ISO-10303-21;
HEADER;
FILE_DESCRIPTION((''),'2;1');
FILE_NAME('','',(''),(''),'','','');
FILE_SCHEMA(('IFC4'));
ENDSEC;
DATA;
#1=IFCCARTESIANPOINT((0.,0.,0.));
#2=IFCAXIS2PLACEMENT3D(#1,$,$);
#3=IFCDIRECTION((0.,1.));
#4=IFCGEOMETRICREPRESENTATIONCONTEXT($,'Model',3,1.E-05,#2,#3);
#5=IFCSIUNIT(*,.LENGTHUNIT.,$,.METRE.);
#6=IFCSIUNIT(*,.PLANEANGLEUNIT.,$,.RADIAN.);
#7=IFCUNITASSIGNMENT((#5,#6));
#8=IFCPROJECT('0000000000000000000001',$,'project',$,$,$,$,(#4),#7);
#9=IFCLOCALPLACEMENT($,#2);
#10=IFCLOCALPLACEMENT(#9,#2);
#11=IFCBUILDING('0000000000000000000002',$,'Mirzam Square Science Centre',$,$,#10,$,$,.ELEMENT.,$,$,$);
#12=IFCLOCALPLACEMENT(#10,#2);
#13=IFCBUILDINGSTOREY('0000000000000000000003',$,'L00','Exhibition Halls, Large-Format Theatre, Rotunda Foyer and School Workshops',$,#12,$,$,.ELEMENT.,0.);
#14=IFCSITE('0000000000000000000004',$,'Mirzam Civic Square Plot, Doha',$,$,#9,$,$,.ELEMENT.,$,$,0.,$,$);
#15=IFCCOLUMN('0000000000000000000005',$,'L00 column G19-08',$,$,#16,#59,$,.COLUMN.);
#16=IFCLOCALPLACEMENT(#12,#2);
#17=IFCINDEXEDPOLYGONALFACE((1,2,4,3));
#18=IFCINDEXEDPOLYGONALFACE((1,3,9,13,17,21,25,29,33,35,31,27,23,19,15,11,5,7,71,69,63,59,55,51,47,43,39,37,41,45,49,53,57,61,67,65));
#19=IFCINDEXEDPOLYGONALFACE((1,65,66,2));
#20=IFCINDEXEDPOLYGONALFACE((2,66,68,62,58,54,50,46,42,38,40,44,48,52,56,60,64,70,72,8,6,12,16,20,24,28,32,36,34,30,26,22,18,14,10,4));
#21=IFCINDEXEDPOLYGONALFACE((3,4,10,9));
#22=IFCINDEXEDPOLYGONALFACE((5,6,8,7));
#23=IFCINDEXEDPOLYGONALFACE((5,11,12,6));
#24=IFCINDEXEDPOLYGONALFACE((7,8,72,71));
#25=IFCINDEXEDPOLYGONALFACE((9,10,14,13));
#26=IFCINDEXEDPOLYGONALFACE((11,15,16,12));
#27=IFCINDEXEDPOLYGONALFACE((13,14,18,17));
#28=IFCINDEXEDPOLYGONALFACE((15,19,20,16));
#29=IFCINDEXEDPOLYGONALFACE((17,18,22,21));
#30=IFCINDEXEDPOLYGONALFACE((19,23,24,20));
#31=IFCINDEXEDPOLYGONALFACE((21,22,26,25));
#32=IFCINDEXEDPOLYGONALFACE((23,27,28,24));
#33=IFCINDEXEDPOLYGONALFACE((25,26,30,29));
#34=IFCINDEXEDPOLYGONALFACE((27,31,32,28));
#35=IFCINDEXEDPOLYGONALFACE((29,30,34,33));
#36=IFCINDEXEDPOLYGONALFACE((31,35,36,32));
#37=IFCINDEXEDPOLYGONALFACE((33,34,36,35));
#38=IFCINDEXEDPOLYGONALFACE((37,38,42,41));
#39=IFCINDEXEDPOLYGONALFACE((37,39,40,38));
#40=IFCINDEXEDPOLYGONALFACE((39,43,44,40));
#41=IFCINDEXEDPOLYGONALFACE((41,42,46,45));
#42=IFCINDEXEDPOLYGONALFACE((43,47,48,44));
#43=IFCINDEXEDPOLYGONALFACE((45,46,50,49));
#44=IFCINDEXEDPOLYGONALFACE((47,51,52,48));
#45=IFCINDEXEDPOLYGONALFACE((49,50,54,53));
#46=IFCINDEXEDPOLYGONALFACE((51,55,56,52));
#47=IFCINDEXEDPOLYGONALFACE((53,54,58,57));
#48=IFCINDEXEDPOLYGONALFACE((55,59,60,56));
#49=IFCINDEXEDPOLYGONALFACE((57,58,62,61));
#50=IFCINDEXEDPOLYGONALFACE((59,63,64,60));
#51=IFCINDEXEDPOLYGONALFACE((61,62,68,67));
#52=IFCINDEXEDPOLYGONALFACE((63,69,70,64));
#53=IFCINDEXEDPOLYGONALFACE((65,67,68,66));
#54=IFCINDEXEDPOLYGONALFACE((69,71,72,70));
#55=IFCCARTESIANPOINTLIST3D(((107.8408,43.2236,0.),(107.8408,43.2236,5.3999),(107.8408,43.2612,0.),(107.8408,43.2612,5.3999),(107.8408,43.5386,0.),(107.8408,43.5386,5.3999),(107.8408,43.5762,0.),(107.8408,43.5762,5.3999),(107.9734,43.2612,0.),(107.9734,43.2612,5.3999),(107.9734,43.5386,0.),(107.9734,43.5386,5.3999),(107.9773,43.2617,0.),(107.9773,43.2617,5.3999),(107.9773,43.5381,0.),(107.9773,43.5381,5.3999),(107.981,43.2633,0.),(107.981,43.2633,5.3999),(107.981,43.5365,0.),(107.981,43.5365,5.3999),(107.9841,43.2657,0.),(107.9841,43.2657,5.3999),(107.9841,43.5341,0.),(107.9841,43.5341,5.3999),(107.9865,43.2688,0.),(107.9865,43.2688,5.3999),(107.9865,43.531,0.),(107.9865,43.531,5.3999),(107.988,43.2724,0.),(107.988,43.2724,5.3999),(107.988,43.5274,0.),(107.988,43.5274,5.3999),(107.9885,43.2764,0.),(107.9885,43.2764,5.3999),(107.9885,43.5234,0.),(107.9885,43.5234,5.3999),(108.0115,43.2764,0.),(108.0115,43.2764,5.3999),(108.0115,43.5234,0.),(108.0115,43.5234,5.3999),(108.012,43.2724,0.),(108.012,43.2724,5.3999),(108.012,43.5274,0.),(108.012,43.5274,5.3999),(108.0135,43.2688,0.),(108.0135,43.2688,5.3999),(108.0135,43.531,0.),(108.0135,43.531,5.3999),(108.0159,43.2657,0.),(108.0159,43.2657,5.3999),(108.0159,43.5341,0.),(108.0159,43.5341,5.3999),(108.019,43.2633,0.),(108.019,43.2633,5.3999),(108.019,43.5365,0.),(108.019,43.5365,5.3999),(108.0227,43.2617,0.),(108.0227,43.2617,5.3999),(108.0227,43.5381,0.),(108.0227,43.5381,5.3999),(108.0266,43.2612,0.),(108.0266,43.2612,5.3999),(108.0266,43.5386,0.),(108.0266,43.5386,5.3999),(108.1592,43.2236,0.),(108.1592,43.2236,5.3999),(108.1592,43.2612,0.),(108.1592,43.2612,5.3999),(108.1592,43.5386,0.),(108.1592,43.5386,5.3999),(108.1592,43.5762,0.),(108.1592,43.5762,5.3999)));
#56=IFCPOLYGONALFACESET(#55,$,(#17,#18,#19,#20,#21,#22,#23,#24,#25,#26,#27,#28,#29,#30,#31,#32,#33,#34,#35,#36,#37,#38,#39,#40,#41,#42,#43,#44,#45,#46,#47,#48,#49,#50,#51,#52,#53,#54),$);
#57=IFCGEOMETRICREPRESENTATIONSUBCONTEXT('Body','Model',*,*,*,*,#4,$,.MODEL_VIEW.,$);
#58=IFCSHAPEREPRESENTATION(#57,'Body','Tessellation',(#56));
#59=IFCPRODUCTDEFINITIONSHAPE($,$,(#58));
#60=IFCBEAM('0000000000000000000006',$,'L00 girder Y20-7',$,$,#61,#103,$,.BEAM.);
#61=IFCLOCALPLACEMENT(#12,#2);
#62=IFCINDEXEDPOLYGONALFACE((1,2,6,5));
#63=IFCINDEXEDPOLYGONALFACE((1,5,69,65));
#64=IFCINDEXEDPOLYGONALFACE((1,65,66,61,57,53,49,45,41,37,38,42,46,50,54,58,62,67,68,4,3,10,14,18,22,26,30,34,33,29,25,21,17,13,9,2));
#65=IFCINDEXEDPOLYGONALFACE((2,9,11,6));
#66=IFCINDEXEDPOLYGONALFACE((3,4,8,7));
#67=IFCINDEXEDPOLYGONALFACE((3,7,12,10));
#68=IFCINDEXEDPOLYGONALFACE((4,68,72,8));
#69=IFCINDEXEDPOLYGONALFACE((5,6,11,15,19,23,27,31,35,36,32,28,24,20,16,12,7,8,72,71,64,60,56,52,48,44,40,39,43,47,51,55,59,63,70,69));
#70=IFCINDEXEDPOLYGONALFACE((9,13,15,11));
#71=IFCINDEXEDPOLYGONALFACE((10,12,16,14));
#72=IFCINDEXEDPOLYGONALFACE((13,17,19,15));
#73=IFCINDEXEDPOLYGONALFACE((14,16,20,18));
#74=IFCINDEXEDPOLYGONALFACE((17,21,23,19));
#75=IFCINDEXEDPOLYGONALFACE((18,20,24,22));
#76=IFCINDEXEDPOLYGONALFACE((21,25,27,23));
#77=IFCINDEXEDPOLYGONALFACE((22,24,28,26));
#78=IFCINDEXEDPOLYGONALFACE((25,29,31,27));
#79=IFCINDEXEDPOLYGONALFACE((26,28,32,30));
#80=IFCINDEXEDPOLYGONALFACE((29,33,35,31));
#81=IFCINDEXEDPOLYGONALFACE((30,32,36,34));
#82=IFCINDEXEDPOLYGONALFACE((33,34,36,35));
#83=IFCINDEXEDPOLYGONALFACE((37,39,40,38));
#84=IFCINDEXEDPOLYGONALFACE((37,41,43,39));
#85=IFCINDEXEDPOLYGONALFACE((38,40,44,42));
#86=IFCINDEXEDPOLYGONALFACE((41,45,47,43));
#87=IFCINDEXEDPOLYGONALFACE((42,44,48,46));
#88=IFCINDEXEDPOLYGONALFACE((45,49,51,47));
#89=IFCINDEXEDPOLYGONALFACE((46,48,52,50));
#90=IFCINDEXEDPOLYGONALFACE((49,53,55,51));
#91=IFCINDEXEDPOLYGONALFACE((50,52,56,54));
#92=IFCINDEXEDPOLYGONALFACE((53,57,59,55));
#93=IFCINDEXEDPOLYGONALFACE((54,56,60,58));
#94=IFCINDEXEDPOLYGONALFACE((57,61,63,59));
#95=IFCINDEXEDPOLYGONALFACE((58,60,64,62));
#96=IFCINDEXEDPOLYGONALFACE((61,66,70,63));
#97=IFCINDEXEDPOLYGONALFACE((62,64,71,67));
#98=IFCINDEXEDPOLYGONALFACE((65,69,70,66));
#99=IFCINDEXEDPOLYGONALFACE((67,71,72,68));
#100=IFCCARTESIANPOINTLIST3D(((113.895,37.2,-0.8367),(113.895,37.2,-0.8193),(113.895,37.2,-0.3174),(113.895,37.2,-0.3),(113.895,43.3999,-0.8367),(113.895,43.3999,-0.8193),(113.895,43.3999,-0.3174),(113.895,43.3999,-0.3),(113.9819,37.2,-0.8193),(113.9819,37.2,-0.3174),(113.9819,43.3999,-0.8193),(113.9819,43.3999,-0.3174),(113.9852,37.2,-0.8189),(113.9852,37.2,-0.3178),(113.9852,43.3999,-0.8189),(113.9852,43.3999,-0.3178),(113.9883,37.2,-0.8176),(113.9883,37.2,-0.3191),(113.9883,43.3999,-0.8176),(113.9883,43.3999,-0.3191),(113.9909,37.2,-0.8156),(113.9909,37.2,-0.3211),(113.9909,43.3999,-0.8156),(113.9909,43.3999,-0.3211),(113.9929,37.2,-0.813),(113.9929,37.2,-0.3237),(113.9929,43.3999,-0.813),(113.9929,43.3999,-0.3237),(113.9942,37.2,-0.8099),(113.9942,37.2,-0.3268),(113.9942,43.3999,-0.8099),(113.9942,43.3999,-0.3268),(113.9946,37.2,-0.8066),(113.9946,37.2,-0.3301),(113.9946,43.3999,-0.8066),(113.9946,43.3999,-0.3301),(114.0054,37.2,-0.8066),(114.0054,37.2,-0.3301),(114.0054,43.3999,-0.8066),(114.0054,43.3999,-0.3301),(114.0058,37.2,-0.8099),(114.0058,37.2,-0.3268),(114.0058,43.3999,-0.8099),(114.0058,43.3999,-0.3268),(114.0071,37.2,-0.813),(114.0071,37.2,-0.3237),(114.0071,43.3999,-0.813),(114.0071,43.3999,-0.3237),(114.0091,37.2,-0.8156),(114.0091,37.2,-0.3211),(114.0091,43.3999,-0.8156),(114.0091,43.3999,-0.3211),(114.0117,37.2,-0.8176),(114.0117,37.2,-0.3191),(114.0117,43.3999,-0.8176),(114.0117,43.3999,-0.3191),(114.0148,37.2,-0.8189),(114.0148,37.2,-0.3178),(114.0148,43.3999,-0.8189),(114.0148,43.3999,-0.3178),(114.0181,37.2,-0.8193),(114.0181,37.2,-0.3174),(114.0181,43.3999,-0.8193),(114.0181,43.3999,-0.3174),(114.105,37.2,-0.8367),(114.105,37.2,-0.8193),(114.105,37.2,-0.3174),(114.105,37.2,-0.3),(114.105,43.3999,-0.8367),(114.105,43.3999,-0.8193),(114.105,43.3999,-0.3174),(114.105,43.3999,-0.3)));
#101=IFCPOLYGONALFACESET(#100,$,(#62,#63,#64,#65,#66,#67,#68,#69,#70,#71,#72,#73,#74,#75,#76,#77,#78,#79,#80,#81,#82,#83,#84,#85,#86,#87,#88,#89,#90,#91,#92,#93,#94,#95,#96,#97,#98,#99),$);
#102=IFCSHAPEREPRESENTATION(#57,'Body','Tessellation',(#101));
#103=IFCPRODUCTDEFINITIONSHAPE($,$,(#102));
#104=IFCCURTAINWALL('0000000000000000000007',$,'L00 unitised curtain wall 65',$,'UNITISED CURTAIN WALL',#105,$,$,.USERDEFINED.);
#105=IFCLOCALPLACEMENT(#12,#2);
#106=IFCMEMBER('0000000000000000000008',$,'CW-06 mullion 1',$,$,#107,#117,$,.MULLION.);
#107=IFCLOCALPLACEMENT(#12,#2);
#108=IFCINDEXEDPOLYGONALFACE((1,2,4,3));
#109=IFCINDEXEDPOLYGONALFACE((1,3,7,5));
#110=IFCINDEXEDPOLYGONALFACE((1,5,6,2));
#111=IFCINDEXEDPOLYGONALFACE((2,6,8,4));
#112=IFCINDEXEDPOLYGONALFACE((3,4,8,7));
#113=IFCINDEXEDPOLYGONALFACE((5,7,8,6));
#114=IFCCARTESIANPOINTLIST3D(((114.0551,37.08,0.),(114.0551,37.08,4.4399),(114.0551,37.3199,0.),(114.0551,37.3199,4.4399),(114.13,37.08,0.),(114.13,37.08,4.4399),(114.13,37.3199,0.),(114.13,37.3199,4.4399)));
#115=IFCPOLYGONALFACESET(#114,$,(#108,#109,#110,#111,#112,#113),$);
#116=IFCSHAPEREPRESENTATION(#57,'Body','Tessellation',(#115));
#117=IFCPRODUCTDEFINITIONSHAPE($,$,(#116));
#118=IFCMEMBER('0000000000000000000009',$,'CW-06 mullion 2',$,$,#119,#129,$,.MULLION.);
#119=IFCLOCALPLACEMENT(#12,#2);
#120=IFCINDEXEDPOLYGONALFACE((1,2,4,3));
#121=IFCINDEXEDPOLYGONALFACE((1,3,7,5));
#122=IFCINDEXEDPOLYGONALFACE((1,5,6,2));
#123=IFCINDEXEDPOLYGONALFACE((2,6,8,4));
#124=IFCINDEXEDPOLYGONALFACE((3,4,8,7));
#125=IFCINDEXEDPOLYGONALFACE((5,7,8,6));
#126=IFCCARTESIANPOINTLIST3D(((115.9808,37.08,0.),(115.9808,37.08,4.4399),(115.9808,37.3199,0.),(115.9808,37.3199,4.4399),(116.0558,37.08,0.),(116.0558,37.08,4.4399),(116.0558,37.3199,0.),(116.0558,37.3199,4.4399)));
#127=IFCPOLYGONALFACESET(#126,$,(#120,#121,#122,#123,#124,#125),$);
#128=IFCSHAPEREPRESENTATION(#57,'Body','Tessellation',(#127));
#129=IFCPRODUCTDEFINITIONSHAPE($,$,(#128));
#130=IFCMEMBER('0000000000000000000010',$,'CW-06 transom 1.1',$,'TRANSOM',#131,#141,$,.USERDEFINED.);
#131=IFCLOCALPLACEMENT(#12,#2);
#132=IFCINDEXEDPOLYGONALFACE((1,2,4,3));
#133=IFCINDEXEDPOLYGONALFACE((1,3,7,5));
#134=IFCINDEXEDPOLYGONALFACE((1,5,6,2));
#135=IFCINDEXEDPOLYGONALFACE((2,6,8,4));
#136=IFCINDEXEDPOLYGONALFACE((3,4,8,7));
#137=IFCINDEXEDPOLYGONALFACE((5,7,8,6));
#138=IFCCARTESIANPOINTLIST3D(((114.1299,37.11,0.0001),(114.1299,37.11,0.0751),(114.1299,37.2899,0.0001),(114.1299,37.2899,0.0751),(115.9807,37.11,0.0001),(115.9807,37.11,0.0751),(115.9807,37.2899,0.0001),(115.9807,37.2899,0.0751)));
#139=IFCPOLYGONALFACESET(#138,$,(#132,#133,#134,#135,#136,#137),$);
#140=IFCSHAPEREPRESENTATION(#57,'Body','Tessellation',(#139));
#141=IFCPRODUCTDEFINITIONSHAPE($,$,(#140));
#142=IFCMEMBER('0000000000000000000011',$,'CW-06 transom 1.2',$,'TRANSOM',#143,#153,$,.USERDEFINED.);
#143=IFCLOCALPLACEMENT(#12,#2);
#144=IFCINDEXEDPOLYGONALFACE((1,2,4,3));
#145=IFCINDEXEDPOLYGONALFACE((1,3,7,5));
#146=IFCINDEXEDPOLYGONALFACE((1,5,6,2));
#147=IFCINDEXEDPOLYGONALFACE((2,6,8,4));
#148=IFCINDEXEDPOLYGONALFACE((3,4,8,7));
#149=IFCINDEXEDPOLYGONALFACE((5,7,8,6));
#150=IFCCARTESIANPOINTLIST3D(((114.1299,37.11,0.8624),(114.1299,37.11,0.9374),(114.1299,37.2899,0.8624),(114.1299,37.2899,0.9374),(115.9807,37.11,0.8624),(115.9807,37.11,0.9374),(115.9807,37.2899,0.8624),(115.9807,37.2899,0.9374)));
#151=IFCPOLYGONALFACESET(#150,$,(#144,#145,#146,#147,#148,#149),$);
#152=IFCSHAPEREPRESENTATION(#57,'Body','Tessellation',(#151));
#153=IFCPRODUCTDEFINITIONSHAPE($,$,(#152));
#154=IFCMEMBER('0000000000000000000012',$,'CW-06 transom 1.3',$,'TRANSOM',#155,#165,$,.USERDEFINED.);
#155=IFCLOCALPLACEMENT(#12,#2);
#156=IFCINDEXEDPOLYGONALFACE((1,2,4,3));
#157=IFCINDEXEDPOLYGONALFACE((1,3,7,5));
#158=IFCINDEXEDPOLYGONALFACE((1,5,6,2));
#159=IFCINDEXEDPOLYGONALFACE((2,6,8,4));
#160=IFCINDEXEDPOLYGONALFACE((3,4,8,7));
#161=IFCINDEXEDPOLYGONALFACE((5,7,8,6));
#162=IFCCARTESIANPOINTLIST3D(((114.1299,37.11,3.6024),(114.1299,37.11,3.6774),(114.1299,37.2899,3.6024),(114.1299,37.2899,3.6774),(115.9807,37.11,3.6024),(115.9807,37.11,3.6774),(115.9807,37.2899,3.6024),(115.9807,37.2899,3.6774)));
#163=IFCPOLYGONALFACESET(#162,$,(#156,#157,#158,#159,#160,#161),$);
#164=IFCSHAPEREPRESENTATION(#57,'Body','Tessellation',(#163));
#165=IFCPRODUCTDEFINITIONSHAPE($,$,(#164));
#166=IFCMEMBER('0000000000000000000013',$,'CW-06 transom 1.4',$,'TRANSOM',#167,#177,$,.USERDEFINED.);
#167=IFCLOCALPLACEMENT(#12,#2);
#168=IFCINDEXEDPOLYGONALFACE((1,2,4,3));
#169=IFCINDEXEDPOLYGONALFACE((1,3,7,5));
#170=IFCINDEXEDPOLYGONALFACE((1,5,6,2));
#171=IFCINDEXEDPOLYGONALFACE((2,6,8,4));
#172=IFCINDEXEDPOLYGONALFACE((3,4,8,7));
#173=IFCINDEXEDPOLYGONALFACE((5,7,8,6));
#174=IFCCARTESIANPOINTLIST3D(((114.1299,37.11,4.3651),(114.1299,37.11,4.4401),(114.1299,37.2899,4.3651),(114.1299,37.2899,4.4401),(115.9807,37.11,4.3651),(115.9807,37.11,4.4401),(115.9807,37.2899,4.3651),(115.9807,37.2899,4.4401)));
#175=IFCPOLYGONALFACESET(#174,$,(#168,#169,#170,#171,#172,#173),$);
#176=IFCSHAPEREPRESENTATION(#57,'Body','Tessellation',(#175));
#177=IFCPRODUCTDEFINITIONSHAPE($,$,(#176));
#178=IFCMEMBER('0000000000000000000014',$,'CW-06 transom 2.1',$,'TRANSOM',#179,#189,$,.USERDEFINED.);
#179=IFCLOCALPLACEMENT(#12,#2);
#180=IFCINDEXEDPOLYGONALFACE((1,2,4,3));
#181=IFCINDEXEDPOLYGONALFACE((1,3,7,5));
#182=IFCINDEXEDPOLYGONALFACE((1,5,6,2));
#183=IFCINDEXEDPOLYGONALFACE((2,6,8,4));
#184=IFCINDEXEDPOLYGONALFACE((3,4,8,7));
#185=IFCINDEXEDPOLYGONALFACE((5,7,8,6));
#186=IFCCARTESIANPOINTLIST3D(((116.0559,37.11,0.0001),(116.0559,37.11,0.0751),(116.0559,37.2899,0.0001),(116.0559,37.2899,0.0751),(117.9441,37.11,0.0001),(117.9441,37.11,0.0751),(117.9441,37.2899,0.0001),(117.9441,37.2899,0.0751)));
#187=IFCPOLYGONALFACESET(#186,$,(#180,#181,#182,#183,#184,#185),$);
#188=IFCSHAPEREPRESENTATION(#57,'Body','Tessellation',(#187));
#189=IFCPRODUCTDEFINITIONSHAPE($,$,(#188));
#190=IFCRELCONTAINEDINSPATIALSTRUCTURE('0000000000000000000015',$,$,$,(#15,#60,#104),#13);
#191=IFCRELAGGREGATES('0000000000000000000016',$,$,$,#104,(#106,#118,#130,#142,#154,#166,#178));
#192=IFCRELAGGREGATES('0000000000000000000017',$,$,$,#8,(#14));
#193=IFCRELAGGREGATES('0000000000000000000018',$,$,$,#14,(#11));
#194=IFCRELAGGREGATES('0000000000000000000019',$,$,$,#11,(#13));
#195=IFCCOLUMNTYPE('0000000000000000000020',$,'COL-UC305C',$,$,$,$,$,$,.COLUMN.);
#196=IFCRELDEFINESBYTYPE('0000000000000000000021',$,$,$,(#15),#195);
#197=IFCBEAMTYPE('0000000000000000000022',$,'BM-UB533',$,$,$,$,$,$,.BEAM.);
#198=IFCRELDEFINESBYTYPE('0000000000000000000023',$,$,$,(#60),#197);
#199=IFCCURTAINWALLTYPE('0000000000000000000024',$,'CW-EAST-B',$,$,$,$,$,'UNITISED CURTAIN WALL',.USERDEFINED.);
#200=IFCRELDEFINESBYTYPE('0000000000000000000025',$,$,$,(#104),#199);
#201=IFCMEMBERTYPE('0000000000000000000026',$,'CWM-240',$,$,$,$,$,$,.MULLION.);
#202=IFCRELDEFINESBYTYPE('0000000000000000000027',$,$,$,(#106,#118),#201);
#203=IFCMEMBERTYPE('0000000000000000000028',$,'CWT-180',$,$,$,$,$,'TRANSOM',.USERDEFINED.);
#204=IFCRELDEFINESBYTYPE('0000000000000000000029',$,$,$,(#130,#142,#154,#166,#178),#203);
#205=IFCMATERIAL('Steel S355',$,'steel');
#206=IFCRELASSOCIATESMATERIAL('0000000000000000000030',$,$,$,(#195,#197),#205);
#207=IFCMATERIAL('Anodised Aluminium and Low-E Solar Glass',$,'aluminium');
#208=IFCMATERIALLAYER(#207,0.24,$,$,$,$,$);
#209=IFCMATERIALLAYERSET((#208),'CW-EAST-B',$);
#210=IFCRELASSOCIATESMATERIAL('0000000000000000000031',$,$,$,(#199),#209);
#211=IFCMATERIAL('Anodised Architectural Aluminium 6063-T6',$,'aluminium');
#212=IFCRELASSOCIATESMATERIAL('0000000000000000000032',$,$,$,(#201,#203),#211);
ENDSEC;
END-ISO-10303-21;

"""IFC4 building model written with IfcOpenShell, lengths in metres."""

from ifc_helpers import new_model, si_unit, direction, frame, origin, origin_2d, place, context, subcontext, project, spatial, rectangle, i_section, extrude, material, layer, layer_set, material_profile, profile_set, type_object, element, aggregate, save


model = new_model("IFC4")

# Units and contexts
model_context = context("Model", 3, precision=1e-05, world=origin(), true_north=direction((0.0, 1.0)))
body_context = subcontext(model_context, "Body", "Model", "MODEL_VIEW")
ifc_project = project(units=[si_unit("LENGTHUNIT", "METRE"), si_unit("PLANEANGLEUNIT", "RADIAN")], contexts=[model_context])

# Site, building, storey
site_placement = place(None, origin())
site = spatial("IfcSite", under=ifc_project, at=site_placement, Name="Mirzam Civic Square Plot, Doha", CompositionType="ELEMENT", RefElevation=0.0)
building_placement = place(site_placement, origin())
building = spatial("IfcBuilding", under=site, at=building_placement, Name="Mirzam Square Science Centre", CompositionType="ELEMENT")
storey_placement = place(building_placement, origin())
storey = spatial("IfcBuildingStorey", under=building, at=storey_placement, Name="L00", Description="Exhibition Halls, Large-Format Theatre, Rotunda Foyer and School Workshops", CompositionType="ELEMENT", Elevation=0.0)

# Column
ifc_material_1 = material(Name="Steel S355", Category="steel")
ifc_material_profile_1 = material_profile(ifc_material_1, i_section(OverallWidth=0.3184, OverallDepth=0.3525, WebThickness=0.0229, FlangeThickness=0.0376, FilletRadius=0.0151, at=origin_2d()), Name="305x305x240UC")
ifc_profile_set_1 = profile_set([ifc_material_profile_1], Name="Steel S355")
column_type = type_object("IfcColumnType", Name="COL-UC305C", PredefinedType="COLUMN", material=ifc_profile_set_1)
column_placement = place(storey_placement, frame((108.0, 43.3999, 0.0), z_axis=(0.0, 0.0, 1.0), x_axis=(1.0, 0.0, 0.0)))
element("IfcColumn", 1, at=column_placement, inside=storey, type_object=column_type, Name="L00 column G19-08", PredefinedType="COLUMN", context=body_context, shape_type="SweptSolid", body=[
    extrude(i_section(OverallWidth=0.3184, OverallDepth=0.3525, WebThickness=0.0229, FlangeThickness=0.0376, FilletRadius=0.0151, at=origin_2d()), origin(), (0.0, 0.0, 1.0), 5.3999),
])

# Beam
ifc_material_profile_2 = material_profile(ifc_material_1, i_section(OverallWidth=0.21, OverallDepth=0.5366, WebThickness=0.0107, FlangeThickness=0.0173, FilletRadius=0.0127, at=origin_2d()), Name="533x210x101UB")
ifc_profile_set_2 = profile_set([ifc_material_profile_2], Name="Steel S355")
beam_type_1 = type_object("IfcBeamType", Name="BM-UB533", PredefinedType="BEAM", material=ifc_profile_set_2)
beam_1_placement = place(storey_placement, frame((114.0, 37.2, -0.5684), z_axis=(0.0, 1.0, 0.0), x_axis=(-1.0, 0.0, 0.0)))
element("IfcBeam", 2, at=beam_1_placement, inside=storey, type_object=beam_type_1, Name="L00 girder Y20-7", PredefinedType="BEAM", context=body_context, shape_type="SweptSolid", body=[
    extrude(i_section(OverallWidth=0.21, OverallDepth=0.5366, WebThickness=0.0107, FlangeThickness=0.0173, FilletRadius=0.0127, at=origin_2d()), origin(), (0.0, 0.0, 1.0), 6.2),
])

# Curtain wall, members
ifc_material_2 = material(Name="Anodised Aluminium and Low-E Solar Glass", Category="aluminium")
ifc_layer_1 = layer(ifc_material_2, 0.24)
ifc_layer_set_1 = layer_set([ifc_layer_1], Name="CW-EAST-B")
curtain_wall_type = type_object("IfcCurtainWallType", Name="CW-EAST-B", ElementType="UNITISED CURTAIN WALL", PredefinedType="USERDEFINED", material=ifc_layer_set_1)
curtain_wall_placement = place(storey_placement, origin())
curtain_wall = element("IfcCurtainWall", 3, at=curtain_wall_placement, inside=storey, type_object=curtain_wall_type, Name="L00 unitised curtain wall 65", ObjectType="UNITISED CURTAIN WALL", PredefinedType="USERDEFINED")
ifc_material_3 = material(Name="Anodised Architectural Aluminium 6063-T6", Category="aluminium")
ifc_material_profile_3 = material_profile(ifc_material_3, rectangle(XDim=0.075, YDim=0.24, at=origin_2d()), Name="ALU-MULL-240x75x5")
ifc_profile_set_3 = profile_set([ifc_material_profile_3], Name="Anodised Architectural Aluminium 6063-T6")
member_type_1 = type_object("IfcMemberType", Name="CWM-240", PredefinedType="MULLION", material=ifc_profile_set_3)
member_1_placement = place(storey_placement, frame((114.0925, 37.2, 0.0), z_axis=(0.0, 0.0, 1.0), x_axis=(1.0, 0.0, 0.0)))
member_1 = element("IfcMember", 4, at=member_1_placement, type_object=member_type_1, Name="CW-06 mullion 1", PredefinedType="MULLION", context=body_context, shape_type="SweptSolid", body=[
    extrude(rectangle(XDim=0.075, YDim=0.24, at=origin_2d()), origin(), (0.0, 0.0, 1.0), 4.4399),
])
member_2_placement = place(storey_placement, frame((116.0183, 37.2, 0.0), z_axis=(0.0, 0.0, 1.0), x_axis=(1.0, 0.0, 0.0)))
member_2 = element("IfcMember", 5, at=member_2_placement, type_object=member_type_1, Name="CW-06 mullion 2", PredefinedType="MULLION", context=body_context, shape_type="SweptSolid", body=[
    extrude(rectangle(XDim=0.075, YDim=0.24, at=origin_2d()), origin(), (0.0, 0.0, 1.0), 4.4399),
])
ifc_material_profile_4 = material_profile(ifc_material_3, rectangle(XDim=0.1799, YDim=0.075, at=origin_2d()), Name="ALU-TRAN-180x75x5")
ifc_profile_set_4 = profile_set([ifc_material_profile_4], Name="Anodised Architectural Aluminium 6063-T6")
member_type_2 = type_object("IfcMemberType", Name="CWT-180", ElementType="TRANSOM", PredefinedType="USERDEFINED", material=ifc_profile_set_4)
member_3_placement = place(storey_placement, frame((114.1299, 37.2, 0.0376), z_axis=(1.0, 0.0, 0.0), x_axis=(0.0, 1.0, 0.0)))
member_3 = element("IfcMember", 6, at=member_3_placement, type_object=member_type_2, Name="CW-06 transom 1.1", ObjectType="TRANSOM", PredefinedType="USERDEFINED", context=body_context, shape_type="SweptSolid", body=[
    extrude(rectangle(XDim=0.1799, YDim=0.075, at=origin_2d()), origin(), (0.0, 0.0, 1.0), 1.8508),
])
member_4_placement = place(storey_placement, frame((114.1299, 37.2, 0.8999), z_axis=(1.0, 0.0, 0.0), x_axis=(0.0, 1.0, 0.0)))
member_4 = element("IfcMember", 7, at=member_4_placement, type_object=member_type_2, Name="CW-06 transom 1.2", ObjectType="TRANSOM", PredefinedType="USERDEFINED", context=body_context, shape_type="SweptSolid", body=[
    extrude(rectangle(XDim=0.1799, YDim=0.075, at=origin_2d()), origin(), (0.0, 0.0, 1.0), 1.8508),
])
member_5_placement = place(storey_placement, frame((114.1299, 37.2, 3.6399), z_axis=(1.0, 0.0, 0.0), x_axis=(0.0, 1.0, 0.0)))
member_5 = element("IfcMember", 8, at=member_5_placement, type_object=member_type_2, Name="CW-06 transom 1.3", ObjectType="TRANSOM", PredefinedType="USERDEFINED", context=body_context, shape_type="SweptSolid", body=[
    extrude(rectangle(XDim=0.1799, YDim=0.075, at=origin_2d()), origin(), (0.0, 0.0, 1.0), 1.8508),
])
member_6_placement = place(storey_placement, frame((114.1299, 37.2, 4.4026), z_axis=(1.0, 0.0, 0.0), x_axis=(0.0, 1.0, 0.0)))
member_6 = element("IfcMember", 9, at=member_6_placement, type_object=member_type_2, Name="CW-06 transom 1.4", ObjectType="TRANSOM", PredefinedType="USERDEFINED", context=body_context, shape_type="SweptSolid", body=[
    extrude(rectangle(XDim=0.1799, YDim=0.075, at=origin_2d()), origin(), (0.0, 0.0, 1.0), 1.8508),
])
member_7_placement = place(storey_placement, frame((116.0559, 37.2, 0.0376), z_axis=(1.0, 0.0, 0.0), x_axis=(0.0, 1.0, 0.0)))
member_7 = element("IfcMember", 10, at=member_7_placement, type_object=member_type_2, Name="CW-06 transom 2.1", ObjectType="TRANSOM", PredefinedType="USERDEFINED", context=body_context, shape_type="SweptSolid", body=[
    extrude(rectangle(XDim=0.1799, YDim=0.075, at=origin_2d()), origin(), (0.0, 0.0, 1.0), 1.8882),
])

aggregate(curtain_wall, [member_1, member_2, member_3, member_4, member_5, member_6, member_7])

save(model, "model.ifc")
